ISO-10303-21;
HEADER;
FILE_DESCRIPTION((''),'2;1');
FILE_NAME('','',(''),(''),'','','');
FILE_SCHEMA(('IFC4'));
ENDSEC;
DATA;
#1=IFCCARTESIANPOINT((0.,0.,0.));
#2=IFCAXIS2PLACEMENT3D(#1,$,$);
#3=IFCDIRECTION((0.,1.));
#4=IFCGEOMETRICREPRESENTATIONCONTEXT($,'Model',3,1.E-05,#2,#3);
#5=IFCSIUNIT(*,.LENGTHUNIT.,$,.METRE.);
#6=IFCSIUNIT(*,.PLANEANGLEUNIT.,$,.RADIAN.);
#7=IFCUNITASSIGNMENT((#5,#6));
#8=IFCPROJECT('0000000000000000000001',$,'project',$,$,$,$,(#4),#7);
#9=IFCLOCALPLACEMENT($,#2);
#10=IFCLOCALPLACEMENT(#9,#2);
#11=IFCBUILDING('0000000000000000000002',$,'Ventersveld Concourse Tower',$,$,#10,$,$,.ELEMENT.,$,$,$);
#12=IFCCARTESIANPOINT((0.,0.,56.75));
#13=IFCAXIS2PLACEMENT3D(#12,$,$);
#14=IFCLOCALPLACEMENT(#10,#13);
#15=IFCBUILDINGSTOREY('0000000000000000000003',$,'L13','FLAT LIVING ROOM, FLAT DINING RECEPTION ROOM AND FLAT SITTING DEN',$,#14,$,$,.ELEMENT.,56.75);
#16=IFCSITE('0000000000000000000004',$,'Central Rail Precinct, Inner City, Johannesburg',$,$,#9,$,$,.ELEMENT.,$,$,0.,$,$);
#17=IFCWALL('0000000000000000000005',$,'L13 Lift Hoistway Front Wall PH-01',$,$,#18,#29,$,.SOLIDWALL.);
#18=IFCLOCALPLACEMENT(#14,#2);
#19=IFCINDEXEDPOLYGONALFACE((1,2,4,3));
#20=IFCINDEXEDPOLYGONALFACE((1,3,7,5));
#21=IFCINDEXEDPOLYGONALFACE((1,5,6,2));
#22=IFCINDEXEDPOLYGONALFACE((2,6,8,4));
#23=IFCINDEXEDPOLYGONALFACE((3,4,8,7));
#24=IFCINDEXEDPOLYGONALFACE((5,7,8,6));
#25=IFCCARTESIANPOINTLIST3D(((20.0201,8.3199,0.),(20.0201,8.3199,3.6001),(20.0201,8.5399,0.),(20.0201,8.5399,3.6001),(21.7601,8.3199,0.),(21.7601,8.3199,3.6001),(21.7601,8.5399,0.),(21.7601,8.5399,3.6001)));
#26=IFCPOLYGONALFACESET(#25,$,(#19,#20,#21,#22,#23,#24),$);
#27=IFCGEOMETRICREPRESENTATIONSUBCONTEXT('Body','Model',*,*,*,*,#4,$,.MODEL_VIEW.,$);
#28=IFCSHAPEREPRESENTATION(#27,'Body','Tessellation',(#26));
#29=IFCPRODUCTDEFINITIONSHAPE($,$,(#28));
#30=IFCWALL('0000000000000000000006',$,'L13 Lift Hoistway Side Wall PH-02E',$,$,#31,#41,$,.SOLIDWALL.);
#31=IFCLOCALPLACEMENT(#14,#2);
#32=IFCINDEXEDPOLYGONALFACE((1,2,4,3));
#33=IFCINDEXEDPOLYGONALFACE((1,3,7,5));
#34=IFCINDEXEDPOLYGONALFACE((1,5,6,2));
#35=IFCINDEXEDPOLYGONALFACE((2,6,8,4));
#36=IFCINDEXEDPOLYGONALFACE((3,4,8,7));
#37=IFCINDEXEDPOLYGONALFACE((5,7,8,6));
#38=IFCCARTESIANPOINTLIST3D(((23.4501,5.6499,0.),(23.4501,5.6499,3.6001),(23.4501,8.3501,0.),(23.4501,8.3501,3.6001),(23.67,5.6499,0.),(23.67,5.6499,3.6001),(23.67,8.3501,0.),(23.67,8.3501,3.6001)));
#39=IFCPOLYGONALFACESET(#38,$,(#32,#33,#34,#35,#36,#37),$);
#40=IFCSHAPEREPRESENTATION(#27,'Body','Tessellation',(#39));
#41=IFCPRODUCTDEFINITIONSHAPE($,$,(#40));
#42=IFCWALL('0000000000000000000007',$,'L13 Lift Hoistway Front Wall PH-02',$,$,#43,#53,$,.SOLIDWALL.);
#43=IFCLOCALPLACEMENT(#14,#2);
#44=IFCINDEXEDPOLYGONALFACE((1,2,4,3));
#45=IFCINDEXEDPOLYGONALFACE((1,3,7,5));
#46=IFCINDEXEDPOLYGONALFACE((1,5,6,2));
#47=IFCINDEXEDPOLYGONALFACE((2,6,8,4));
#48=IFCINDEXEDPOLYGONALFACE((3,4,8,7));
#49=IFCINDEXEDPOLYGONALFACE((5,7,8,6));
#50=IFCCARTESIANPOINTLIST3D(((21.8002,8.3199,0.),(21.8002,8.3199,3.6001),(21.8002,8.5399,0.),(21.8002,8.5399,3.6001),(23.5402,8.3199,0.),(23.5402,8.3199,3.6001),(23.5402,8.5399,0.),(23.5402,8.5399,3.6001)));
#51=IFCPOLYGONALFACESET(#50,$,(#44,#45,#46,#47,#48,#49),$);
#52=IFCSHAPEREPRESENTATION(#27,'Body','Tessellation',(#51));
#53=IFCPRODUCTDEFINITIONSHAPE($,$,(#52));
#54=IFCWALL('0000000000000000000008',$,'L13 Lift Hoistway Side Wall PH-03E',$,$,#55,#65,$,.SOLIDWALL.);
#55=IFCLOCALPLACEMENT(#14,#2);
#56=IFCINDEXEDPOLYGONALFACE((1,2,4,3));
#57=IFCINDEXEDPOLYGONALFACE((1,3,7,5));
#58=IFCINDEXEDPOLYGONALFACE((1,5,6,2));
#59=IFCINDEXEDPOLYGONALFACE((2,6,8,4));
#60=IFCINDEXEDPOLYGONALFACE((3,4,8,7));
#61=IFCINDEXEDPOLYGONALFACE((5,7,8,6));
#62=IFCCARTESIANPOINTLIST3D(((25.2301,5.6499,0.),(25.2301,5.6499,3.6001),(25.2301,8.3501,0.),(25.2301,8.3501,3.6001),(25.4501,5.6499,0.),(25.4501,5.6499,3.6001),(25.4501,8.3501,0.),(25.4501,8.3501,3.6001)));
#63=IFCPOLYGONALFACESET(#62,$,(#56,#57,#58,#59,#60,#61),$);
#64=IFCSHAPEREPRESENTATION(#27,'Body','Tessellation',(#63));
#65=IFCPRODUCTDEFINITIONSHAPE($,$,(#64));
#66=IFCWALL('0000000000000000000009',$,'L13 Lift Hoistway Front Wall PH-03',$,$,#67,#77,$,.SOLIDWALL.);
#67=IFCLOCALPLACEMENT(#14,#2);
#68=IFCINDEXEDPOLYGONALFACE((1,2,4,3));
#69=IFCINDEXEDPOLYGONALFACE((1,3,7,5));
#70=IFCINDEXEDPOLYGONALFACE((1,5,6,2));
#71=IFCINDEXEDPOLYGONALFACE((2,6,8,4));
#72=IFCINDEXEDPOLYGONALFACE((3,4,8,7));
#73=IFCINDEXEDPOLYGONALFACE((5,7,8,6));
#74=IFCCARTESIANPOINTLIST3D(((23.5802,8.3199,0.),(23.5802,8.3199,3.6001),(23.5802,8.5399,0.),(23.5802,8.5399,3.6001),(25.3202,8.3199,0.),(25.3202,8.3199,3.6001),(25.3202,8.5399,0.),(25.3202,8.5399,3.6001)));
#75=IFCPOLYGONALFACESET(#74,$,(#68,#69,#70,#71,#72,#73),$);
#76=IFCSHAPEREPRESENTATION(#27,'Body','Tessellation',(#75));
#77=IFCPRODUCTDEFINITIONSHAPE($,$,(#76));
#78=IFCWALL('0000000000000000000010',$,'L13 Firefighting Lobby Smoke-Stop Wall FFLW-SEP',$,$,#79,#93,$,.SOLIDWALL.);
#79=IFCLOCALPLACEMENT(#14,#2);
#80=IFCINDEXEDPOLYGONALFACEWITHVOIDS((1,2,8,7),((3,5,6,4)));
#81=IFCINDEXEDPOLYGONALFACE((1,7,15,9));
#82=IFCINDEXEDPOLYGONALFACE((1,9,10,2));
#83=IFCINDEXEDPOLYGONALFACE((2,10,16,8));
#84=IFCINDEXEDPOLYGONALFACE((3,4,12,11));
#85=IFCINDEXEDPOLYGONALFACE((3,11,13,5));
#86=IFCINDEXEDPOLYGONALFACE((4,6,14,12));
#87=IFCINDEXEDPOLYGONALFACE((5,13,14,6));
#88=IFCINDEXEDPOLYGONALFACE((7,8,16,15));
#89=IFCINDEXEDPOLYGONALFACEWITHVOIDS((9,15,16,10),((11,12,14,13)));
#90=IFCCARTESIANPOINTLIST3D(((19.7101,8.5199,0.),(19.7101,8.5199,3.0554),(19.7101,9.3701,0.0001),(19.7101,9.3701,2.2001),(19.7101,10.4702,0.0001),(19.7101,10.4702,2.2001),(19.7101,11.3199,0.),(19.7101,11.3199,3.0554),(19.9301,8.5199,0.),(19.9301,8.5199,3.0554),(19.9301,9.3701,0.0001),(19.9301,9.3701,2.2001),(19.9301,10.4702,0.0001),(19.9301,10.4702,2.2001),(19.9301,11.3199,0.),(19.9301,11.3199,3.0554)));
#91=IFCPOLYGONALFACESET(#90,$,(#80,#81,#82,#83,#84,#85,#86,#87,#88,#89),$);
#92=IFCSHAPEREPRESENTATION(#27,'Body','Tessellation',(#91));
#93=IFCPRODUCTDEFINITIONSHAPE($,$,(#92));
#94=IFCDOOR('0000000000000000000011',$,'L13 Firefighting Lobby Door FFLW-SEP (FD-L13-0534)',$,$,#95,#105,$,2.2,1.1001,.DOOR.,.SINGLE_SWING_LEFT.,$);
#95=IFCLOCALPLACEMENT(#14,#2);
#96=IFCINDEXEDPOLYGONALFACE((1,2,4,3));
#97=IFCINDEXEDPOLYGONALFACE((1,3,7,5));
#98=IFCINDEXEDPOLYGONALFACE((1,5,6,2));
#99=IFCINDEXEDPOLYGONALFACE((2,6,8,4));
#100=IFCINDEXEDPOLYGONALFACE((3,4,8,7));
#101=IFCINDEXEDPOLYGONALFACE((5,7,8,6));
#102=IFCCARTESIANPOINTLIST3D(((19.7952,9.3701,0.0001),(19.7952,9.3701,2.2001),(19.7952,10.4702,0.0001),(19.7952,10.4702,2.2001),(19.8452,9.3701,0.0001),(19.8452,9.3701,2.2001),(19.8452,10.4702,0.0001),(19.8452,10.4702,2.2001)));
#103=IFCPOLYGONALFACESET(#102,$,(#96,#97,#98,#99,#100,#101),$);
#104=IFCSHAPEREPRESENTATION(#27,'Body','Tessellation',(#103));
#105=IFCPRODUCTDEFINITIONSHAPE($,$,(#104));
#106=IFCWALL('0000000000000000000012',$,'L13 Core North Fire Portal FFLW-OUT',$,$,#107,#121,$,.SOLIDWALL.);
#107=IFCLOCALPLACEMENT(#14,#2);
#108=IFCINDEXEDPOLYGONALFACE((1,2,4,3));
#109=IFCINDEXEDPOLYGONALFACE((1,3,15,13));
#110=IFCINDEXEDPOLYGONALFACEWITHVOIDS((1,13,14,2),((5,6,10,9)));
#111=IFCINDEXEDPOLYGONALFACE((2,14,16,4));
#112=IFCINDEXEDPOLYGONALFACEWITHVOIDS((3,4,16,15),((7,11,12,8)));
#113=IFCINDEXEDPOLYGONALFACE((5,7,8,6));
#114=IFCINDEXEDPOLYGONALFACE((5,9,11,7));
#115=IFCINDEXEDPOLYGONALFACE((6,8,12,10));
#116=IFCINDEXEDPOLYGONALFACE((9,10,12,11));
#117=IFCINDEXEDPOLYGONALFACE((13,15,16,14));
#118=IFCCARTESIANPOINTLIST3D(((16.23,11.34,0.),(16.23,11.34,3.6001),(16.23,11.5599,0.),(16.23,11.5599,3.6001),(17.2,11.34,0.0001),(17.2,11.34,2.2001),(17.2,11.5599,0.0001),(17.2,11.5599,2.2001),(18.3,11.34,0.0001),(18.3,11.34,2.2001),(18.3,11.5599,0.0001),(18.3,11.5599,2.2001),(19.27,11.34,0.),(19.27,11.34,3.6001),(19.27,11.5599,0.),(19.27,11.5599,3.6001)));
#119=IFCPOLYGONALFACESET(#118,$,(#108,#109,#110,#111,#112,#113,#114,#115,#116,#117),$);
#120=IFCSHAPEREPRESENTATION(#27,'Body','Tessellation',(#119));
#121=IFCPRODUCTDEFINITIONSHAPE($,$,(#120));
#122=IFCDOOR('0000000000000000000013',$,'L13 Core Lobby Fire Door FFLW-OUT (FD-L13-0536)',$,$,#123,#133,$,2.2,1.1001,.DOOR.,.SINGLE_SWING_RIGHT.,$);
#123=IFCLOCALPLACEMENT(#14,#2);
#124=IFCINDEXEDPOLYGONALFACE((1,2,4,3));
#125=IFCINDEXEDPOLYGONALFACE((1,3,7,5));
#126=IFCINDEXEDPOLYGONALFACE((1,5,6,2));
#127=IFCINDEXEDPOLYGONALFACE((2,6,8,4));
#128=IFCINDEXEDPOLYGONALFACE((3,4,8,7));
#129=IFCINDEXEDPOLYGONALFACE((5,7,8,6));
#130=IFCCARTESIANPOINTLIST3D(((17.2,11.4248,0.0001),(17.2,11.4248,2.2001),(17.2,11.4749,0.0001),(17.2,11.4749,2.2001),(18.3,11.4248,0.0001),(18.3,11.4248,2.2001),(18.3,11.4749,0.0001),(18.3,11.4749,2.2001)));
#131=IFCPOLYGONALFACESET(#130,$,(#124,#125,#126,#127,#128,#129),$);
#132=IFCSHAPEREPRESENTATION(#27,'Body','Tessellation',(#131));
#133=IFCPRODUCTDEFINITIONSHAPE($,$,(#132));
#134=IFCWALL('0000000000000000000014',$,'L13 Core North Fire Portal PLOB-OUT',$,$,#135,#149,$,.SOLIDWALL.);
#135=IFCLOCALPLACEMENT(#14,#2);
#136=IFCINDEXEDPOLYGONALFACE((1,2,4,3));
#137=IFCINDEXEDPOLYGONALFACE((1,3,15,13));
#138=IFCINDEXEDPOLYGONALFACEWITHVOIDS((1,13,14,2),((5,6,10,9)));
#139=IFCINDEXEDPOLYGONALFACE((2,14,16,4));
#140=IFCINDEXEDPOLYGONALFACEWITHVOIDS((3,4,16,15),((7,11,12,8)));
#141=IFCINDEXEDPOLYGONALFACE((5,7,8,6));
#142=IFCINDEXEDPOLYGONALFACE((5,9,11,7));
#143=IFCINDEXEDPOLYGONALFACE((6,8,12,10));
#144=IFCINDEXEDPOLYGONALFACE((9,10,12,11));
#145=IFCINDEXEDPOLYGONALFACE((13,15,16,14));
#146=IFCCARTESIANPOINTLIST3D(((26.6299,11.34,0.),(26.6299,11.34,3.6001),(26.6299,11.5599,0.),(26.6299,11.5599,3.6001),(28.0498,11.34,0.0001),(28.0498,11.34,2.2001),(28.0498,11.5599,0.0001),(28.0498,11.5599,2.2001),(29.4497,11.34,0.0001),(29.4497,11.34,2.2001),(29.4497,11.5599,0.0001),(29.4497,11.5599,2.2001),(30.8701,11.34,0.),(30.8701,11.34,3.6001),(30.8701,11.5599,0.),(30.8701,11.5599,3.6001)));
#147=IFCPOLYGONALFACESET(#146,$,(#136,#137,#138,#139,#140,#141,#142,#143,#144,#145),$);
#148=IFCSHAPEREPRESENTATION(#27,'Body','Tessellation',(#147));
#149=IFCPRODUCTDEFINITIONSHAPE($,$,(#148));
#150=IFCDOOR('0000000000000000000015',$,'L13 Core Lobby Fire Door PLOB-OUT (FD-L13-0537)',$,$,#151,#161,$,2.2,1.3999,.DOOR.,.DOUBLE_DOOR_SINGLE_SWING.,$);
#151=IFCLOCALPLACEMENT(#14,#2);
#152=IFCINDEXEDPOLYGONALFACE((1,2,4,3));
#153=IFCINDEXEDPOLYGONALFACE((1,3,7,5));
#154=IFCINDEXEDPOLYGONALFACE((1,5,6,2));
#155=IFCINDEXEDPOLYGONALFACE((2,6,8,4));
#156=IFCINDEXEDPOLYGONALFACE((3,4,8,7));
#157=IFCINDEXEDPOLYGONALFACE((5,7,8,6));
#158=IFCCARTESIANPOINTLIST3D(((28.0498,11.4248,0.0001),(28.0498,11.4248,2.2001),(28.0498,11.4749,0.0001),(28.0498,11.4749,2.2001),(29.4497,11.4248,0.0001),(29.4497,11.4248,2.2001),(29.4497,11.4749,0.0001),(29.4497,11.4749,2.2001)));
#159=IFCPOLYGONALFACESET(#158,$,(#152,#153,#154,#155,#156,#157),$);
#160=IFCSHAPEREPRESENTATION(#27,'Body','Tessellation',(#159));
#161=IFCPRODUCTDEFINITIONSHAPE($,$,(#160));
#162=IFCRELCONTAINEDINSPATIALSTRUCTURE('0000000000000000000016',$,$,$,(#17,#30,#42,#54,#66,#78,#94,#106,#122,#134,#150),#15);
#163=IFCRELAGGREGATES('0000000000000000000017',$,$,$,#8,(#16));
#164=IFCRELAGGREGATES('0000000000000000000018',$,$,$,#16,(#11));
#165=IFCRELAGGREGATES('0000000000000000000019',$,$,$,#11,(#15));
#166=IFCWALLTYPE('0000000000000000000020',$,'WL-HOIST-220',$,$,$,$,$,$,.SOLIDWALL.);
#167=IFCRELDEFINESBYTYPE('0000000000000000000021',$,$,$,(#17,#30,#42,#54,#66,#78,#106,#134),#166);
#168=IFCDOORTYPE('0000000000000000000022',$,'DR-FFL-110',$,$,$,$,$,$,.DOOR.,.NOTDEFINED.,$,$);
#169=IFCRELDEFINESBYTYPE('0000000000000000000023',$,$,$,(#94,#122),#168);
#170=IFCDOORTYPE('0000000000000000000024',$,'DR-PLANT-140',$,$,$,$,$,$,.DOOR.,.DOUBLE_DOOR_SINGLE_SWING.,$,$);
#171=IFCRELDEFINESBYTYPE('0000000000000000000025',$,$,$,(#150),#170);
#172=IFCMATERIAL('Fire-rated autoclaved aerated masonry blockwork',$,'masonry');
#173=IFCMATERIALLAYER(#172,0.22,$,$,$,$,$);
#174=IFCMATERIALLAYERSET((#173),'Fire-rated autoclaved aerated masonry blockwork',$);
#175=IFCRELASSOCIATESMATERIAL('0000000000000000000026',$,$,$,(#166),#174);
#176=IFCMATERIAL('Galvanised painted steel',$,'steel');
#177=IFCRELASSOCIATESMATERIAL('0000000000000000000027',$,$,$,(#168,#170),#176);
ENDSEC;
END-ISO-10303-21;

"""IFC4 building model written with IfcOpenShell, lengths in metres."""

from ifc_helpers import new_model, si_unit, direction, frame, frame_2d, origin, place, context, subcontext, project, spatial, rectangle, extrude, material, layer, layer_set, type_object, element, fill, save


model = new_model("IFC4")

# Units and contexts
model_context = context("Model", 3, precision=1e-05, world=origin(), true_north=direction((0.0, 1.0)))
body_context = subcontext(model_context, "Body", "Model", "MODEL_VIEW")
ifc_project = project(units=[si_unit("LENGTHUNIT", "METRE"), si_unit("PLANEANGLEUNIT", "RADIAN")], contexts=[model_context])

# Site, building, storey
site_placement = place(None, origin())
site = spatial("IfcSite", under=ifc_project, at=site_placement, Name="Central Rail Precinct, Inner City, Johannesburg", CompositionType="ELEMENT", RefElevation=0.0)
building_placement = place(site_placement, origin())
building = spatial("IfcBuilding", under=site, at=building_placement, Name="Ventersveld Concourse Tower", CompositionType="ELEMENT")
storey_placement = place(building_placement, frame((0.0, 0.0, 56.75)))
storey = spatial("IfcBuildingStorey", under=building, at=storey_placement, Name="L13", Description="FLAT LIVING ROOM, FLAT DINING RECEPTION ROOM AND FLAT SITTING DEN", CompositionType="ELEMENT", Elevation=56.75)

# Shared definitions
ifc_material_1 = material(Name="Fire-rated autoclaved aerated masonry blockwork", Category="masonry")

# Shared definitions
ifc_layer_1 = layer(ifc_material_1, 0.22)
ifc_layer_set_1 = layer_set([ifc_layer_1], Name="Fire-rated autoclaved aerated masonry blockwork")
wall_type_1 = type_object("IfcWallType", Name="WL-HOIST-220", PredefinedType="SOLIDWALL", material=ifc_layer_set_1)

# Walls
wall_1_placement = place(storey_placement, frame((20.02, 8.4299, 0.0), z_axis=(0.0, 0.0, 1.0), x_axis=(1.0, 0.0, 0.0)))
element("IfcWall", 1, at=wall_1_placement, inside=storey, type_object=wall_type_1, Name="L13 Lift Hoistway Front Wall PH-01", PredefinedType="SOLIDWALL", context=body_context, shape_type="SweptSolid", body=[
    extrude(rectangle(XDim=1.74, YDim=0.22, at=frame_2d((0.8701, 0.0))), origin(), (0.0, 0.0, 1.0), 3.6001),
])
wall_2_placement = place(storey_placement, frame((23.5601, 5.6499, 0.0), z_axis=(0.0, 0.0, 1.0), x_axis=(0.0, 1.0, 0.0)))
element("IfcWall", 2, at=wall_2_placement, inside=storey, type_object=wall_type_1, Name="L13 Lift Hoistway Side Wall PH-02E", PredefinedType="SOLIDWALL", context=body_context, shape_type="SweptSolid", body=[
    extrude(rectangle(XDim=2.7002, YDim=0.22, at=frame_2d((1.3501, 0.0))), origin(), (0.0, 0.0, 1.0), 3.6001),
])
wall_3_placement = place(storey_placement, frame((21.8, 8.4299, 0.0), z_axis=(0.0, 0.0, 1.0), x_axis=(1.0, 0.0, 0.0)))
element("IfcWall", 3, at=wall_3_placement, inside=storey, type_object=wall_type_1, Name="L13 Lift Hoistway Front Wall PH-02", PredefinedType="SOLIDWALL", context=body_context, shape_type="SweptSolid", body=[
    extrude(rectangle(XDim=1.74, YDim=0.22, at=frame_2d((0.8701, 0.0))), origin(), (0.0, 0.0, 1.0), 3.6001),
])
wall_4_placement = place(storey_placement, frame((25.3401, 5.6499, 0.0), z_axis=(0.0, 0.0, 1.0), x_axis=(0.0, 1.0, 0.0)))
element("IfcWall", 4, at=wall_4_placement, inside=storey, type_object=wall_type_1, Name="L13 Lift Hoistway Side Wall PH-03E", PredefinedType="SOLIDWALL", context=body_context, shape_type="SweptSolid", body=[
    extrude(rectangle(XDim=2.7002, YDim=0.22, at=frame_2d((1.3501, 0.0))), origin(), (0.0, 0.0, 1.0), 3.6001),
])
wall_5_placement = place(storey_placement, frame((23.5801, 8.4299, 0.0), z_axis=(0.0, 0.0, 1.0), x_axis=(1.0, 0.0, 0.0)))
element("IfcWall", 5, at=wall_5_placement, inside=storey, type_object=wall_type_1, Name="L13 Lift Hoistway Front Wall PH-03", PredefinedType="SOLIDWALL", context=body_context, shape_type="SweptSolid", body=[
    extrude(rectangle(XDim=1.74, YDim=0.22, at=frame_2d((0.8701, 0.0))), origin(), (0.0, 0.0, 1.0), 3.6001),
])

# Walls, openings, doors
wall_6_placement = place(storey_placement, frame((19.8201, 8.52, 0.0), z_axis=(0.0, 0.0, 1.0), x_axis=(0.0, 1.0, 0.0)))
wall_6 = element("IfcWall", 6, at=wall_6_placement, inside=storey, type_object=wall_type_1, Name="L13 Firefighting Lobby Smoke-Stop Wall FFLW-SEP", PredefinedType="SOLIDWALL", context=body_context, shape_type="SweptSolid", body=[
    extrude(rectangle(XDim=2.8, YDim=0.22, at=frame_2d((1.3999, 0.0))), origin(), (0.0, 0.0, 1.0), 3.0554),
])
opening_1_placement = place(wall_6_placement, frame((0.8501, 0.0, 0.0)))
opening_1 = element("IfcOpeningElement", 7, at=opening_1_placement, cuts=wall_6, PredefinedType="OPENING", context=body_context, shape_type="SweptSolid", body=[
    extrude(rectangle(XDim=1.1001, YDim=2.2, at=frame_2d((0.55, 1.1001))), frame((0.0, 0.1201, 0.0), z_axis=(0.0, -1.0, 0.0), x_axis=(1.0, 0.0, 0.0)), (0.0, 0.0, 1.0), 0.24),
])
ifc_material_2 = material(Name="Galvanised painted steel", Category="steel")
door_type_1 = type_object("IfcDoorType", Name="DR-FFL-110", OperationType="NOTDEFINED", PredefinedType="DOOR", material=ifc_material_2)
door_1_placement = place(opening_1_placement, origin())
door_1 = element("IfcDoor", 8, at=door_1_placement, inside=storey, type_object=door_type_1, Name="L13 Firefighting Lobby Door FFLW-SEP (FD-L13-0534)", OperationType="SINGLE_SWING_LEFT", OverallHeight=2.2, OverallWidth=1.1001, PredefinedType="DOOR", context=body_context, shape_type="SweptSolid", body=[
    extrude(rectangle(XDim=1.1001, YDim=2.2, at=frame_2d((0.55, 1.1001))), frame((0.0, 0.0249, 0.0), z_axis=(0.0, -1.0, 0.0), x_axis=(1.0, 0.0, 0.0)), (0.0, 0.0, 1.0), 0.05),
])
fill(opening_1, door_1)
wall_7_placement = place(storey_placement, frame((16.23, 11.45, 0.0), z_axis=(0.0, 0.0, 1.0), x_axis=(1.0, 0.0, 0.0)))
wall_7 = element("IfcWall", 9, at=wall_7_placement, inside=storey, type_object=wall_type_1, Name="L13 Core North Fire Portal FFLW-OUT", PredefinedType="SOLIDWALL", context=body_context, shape_type="SweptSolid", body=[
    extrude(rectangle(XDim=3.04, YDim=0.22, at=frame_2d((1.52, 0.0))), origin(), (0.0, 0.0, 1.0), 3.6001),
])
opening_2_placement = place(wall_7_placement, frame((0.97, 0.0, 0.0)))
opening_2 = element("IfcOpeningElement", 10, at=opening_2_placement, cuts=wall_7, PredefinedType="OPENING", context=body_context, shape_type="SweptSolid", body=[
    extrude(rectangle(XDim=1.1001, YDim=2.2, at=frame_2d((0.55, 1.1001))), frame((0.0, 0.1201, 0.0), z_axis=(0.0, -1.0, 0.0), x_axis=(1.0, 0.0, 0.0)), (0.0, 0.0, 1.0), 0.24),
])
door_2_placement = place(opening_2_placement, origin())
door_2 = element("IfcDoor", 11, at=door_2_placement, inside=storey, type_object=door_type_1, Name="L13 Core Lobby Fire Door FFLW-OUT (FD-L13-0536)", OperationType="SINGLE_SWING_RIGHT", OverallHeight=2.2, OverallWidth=1.1001, PredefinedType="DOOR", context=body_context, shape_type="SweptSolid", body=[
    extrude(rectangle(XDim=1.1001, YDim=2.2, at=frame_2d((0.55, 1.1001))), frame((0.0, 0.0249, 0.0), z_axis=(0.0, -1.0, 0.0), x_axis=(1.0, 0.0, 0.0)), (0.0, 0.0, 1.0), 0.05),
])
fill(opening_2, door_2)
wall_8_placement = place(storey_placement, frame((26.6299, 11.45, 0.0), z_axis=(0.0, 0.0, 1.0), x_axis=(1.0, 0.0, 0.0)))
wall_8 = element("IfcWall", 12, at=wall_8_placement, inside=storey, type_object=wall_type_1, Name="L13 Core North Fire Portal PLOB-OUT", PredefinedType="SOLIDWALL", context=body_context, shape_type="SweptSolid", body=[
    extrude(rectangle(XDim=4.2402, YDim=0.22, at=frame_2d((2.1201, 0.0))), origin(), (0.0, 0.0, 1.0), 3.6001),
])
opening_3_placement = place(wall_8_placement, frame((1.4199, 0.0, 0.0)))
opening_3 = element("IfcOpeningElement", 13, at=opening_3_placement, cuts=wall_8, PredefinedType="OPENING", context=body_context, shape_type="SweptSolid", body=[
    extrude(rectangle(XDim=1.3999, YDim=2.2, at=frame_2d((0.7, 1.1001))), frame((0.0, 0.1201, 0.0), z_axis=(0.0, -1.0, 0.0), x_axis=(1.0, 0.0, 0.0)), (0.0, 0.0, 1.0), 0.24),
])
door_type_2 = type_object("IfcDoorType", Name="DR-PLANT-140", OperationType="DOUBLE_DOOR_SINGLE_SWING", PredefinedType="DOOR", material=ifc_material_2)
door_3_placement = place(opening_3_placement, origin())
door_3 = element("IfcDoor", 14, at=door_3_placement, inside=storey, type_object=door_type_2, Name="L13 Core Lobby Fire Door PLOB-OUT (FD-L13-0537)", OperationType="DOUBLE_DOOR_SINGLE_SWING", OverallHeight=2.2, OverallWidth=1.3999, PredefinedType="DOOR", context=body_context, shape_type="SweptSolid", body=[
    extrude(rectangle(XDim=1.3999, YDim=2.2, at=frame_2d((0.7, 1.1001))), frame((0.0, 0.0249, 0.0), z_axis=(0.0, -1.0, 0.0), x_axis=(1.0, 0.0, 0.0)), (0.0, 0.0, 1.0), 0.05),
])
fill(opening_3, door_3)

save(model, "model.ifc")
